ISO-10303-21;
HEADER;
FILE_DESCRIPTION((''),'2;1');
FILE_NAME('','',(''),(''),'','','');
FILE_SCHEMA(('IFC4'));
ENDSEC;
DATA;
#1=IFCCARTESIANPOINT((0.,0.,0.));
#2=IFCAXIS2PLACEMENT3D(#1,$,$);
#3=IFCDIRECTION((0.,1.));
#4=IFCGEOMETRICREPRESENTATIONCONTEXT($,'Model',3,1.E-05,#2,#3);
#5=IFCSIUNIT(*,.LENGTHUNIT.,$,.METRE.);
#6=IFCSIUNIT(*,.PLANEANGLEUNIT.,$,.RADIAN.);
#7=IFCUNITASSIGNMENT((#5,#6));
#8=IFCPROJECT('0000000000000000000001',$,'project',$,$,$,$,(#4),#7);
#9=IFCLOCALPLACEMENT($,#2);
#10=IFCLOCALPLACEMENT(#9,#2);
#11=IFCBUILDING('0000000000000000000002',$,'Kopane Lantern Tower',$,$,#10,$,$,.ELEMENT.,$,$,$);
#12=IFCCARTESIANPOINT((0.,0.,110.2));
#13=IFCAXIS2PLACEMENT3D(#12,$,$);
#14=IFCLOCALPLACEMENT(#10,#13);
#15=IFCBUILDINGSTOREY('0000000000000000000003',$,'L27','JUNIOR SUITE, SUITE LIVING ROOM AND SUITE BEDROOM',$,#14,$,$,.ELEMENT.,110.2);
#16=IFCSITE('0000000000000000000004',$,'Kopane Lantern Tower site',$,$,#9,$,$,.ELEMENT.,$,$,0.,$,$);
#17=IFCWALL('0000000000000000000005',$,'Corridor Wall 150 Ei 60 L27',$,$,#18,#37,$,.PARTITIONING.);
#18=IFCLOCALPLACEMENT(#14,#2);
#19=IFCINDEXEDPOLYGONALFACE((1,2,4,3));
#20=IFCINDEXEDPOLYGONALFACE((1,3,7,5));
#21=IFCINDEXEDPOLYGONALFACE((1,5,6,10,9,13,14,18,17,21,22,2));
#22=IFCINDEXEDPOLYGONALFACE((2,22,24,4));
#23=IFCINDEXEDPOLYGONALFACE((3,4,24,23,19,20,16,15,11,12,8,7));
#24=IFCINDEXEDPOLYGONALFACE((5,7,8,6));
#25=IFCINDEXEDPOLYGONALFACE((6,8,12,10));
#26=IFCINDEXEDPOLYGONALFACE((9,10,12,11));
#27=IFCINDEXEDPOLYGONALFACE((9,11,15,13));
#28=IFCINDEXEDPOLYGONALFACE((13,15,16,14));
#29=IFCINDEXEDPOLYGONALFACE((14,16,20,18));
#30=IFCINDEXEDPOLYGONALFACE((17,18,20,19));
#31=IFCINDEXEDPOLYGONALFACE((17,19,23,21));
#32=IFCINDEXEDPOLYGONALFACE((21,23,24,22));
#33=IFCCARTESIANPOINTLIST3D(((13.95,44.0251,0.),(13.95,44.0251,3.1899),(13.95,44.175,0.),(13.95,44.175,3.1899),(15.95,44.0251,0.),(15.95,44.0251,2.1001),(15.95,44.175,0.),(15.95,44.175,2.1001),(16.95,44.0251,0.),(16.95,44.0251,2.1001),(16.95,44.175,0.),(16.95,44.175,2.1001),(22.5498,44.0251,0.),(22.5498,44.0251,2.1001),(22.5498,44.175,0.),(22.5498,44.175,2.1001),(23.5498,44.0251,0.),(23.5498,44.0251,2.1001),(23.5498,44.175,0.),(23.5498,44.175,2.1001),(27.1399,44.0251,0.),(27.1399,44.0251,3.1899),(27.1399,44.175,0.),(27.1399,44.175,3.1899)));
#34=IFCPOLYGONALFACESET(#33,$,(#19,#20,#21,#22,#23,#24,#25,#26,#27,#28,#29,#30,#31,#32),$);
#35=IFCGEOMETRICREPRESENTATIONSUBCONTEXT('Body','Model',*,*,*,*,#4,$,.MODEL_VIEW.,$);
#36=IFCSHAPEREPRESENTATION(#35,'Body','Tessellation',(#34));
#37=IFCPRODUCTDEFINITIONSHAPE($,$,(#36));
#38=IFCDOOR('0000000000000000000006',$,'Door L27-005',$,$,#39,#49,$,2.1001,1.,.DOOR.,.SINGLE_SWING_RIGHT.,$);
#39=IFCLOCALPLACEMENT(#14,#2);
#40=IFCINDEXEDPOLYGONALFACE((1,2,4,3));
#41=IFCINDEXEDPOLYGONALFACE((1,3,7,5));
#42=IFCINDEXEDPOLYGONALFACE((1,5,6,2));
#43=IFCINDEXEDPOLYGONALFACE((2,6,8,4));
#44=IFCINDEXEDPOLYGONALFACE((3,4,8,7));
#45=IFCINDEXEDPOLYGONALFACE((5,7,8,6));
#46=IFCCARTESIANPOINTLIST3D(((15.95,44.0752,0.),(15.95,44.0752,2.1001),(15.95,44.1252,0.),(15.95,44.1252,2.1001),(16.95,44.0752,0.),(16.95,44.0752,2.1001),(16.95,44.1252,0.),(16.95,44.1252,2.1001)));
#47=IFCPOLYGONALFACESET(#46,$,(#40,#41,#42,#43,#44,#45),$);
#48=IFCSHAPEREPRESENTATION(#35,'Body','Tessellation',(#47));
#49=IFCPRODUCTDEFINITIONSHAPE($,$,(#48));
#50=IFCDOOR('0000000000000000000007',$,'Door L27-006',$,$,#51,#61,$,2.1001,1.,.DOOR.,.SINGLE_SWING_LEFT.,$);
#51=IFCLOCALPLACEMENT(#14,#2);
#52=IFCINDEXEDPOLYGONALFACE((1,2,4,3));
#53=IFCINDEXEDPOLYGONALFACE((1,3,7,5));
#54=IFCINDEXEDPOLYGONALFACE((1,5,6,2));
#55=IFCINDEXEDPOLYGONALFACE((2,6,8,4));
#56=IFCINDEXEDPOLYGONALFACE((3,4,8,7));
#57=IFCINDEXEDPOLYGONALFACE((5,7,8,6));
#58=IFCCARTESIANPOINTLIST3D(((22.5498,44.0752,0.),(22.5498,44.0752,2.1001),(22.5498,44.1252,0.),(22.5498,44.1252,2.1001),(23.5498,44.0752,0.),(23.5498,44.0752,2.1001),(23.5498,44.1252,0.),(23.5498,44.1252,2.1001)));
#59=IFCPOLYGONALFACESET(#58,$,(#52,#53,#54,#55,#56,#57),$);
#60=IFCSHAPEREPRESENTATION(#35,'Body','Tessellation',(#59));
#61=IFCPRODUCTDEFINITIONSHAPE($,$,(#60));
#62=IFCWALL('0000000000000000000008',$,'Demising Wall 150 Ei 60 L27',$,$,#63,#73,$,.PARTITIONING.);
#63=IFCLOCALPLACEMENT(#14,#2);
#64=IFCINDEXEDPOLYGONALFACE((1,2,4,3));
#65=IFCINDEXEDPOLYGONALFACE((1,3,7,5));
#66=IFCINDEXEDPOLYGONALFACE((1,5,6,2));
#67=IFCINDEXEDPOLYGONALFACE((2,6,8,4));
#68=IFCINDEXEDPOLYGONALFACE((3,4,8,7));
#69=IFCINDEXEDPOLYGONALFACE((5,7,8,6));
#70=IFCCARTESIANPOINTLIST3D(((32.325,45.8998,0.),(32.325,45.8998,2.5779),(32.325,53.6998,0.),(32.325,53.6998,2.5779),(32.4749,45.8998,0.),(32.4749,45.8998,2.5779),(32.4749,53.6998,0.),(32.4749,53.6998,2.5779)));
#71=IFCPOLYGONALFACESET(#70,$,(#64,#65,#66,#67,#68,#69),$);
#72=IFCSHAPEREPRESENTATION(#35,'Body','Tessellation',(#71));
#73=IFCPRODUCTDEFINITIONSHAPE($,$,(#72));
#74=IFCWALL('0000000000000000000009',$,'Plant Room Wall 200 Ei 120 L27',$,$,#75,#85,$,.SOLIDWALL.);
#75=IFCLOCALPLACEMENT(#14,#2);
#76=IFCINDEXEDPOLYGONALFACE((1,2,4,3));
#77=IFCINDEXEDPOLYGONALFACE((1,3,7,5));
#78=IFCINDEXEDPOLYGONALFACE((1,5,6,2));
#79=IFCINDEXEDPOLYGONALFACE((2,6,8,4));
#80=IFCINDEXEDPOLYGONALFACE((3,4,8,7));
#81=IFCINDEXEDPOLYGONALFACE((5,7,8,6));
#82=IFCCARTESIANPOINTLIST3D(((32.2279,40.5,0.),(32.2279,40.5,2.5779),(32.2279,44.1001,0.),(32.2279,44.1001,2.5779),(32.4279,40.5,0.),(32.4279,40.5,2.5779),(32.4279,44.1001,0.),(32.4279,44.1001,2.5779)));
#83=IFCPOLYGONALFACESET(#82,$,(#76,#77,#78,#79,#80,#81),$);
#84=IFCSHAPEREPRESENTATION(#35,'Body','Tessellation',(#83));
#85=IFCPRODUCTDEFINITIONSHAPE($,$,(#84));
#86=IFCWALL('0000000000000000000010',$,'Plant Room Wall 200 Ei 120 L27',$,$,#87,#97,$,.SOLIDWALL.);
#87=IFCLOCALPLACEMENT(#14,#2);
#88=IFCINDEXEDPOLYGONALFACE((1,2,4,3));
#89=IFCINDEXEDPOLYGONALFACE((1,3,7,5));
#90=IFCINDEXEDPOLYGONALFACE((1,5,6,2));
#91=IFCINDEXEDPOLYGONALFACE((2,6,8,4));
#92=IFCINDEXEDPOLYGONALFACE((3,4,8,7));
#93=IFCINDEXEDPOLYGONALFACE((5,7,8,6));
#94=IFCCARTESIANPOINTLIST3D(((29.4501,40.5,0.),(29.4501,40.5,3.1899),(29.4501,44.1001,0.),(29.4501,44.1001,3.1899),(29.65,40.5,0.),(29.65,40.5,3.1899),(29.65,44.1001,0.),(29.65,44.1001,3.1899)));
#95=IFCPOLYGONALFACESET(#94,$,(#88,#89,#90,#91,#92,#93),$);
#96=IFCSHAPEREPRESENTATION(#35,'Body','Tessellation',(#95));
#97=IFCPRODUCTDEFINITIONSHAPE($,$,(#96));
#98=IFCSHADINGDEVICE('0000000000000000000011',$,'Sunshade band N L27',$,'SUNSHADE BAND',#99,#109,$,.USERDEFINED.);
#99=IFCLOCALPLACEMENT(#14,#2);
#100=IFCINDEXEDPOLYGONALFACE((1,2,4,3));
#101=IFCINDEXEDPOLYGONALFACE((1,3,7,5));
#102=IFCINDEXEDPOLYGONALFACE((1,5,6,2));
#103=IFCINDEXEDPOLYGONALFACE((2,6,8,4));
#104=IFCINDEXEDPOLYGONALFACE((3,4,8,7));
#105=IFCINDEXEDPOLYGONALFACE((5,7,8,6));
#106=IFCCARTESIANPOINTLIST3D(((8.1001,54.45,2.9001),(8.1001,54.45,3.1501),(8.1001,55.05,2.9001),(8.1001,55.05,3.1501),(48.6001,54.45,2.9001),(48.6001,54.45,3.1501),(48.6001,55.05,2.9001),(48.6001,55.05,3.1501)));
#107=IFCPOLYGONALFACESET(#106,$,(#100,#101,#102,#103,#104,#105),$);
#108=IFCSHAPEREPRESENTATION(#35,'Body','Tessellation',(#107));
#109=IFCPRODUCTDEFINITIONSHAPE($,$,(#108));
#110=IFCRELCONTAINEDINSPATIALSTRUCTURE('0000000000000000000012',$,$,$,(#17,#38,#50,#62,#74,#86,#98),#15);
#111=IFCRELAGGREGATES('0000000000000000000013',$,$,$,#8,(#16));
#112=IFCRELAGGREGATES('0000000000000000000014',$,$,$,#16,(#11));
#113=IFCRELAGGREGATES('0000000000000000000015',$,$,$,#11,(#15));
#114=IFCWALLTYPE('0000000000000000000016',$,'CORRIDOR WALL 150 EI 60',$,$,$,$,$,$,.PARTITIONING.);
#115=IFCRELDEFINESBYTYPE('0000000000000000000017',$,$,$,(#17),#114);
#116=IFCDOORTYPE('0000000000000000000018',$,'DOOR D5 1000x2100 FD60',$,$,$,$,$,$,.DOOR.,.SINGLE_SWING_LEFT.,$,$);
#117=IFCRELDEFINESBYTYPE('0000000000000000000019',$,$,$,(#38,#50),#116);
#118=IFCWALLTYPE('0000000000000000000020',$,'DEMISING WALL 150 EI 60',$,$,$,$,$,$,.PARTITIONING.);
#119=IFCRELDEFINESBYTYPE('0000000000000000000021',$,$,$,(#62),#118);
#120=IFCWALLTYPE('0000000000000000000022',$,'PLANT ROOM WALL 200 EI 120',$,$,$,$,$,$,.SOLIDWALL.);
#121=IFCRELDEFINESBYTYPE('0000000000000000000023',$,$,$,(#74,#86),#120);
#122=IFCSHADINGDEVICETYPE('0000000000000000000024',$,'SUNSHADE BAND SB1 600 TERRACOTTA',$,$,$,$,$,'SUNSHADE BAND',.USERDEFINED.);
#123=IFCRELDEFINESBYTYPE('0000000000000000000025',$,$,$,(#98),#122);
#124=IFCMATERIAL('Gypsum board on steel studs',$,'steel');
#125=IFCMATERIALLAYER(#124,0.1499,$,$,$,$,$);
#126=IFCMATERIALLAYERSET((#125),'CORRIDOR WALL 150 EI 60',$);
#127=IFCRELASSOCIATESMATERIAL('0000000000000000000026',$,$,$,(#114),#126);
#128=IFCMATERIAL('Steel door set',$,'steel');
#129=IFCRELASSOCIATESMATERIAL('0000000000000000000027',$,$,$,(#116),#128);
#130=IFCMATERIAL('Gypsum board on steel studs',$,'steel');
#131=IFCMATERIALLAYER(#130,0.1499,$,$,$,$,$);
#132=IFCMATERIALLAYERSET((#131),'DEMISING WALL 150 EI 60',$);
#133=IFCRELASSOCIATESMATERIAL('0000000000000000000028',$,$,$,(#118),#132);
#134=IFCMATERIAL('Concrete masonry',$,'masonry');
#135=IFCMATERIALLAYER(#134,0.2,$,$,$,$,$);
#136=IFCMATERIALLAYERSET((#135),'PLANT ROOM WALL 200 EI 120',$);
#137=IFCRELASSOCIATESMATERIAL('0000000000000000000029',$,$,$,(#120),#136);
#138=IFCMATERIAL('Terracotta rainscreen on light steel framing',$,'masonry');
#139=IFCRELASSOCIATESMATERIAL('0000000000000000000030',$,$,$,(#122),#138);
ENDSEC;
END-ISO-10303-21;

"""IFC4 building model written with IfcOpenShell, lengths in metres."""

from ifc_helpers import new_model, si_unit, direction, frame, frame_2d, origin, origin_2d, place, context, subcontext, project, spatial, rectangle, extrude, material, layer, layer_set, type_object, element, fill, save


model = new_model("IFC4")

# Units and contexts
model_context = context("Model", 3, precision=1e-05, world=origin(), true_north=direction((0.0, 1.0)))
body_context = subcontext(model_context, "Body", "Model", "MODEL_VIEW")
ifc_project = project(units=[si_unit("LENGTHUNIT", "METRE"), si_unit("PLANEANGLEUNIT", "RADIAN")], contexts=[model_context])

# Site, building, storey
site_placement = place(None, origin())
site = spatial("IfcSite", under=ifc_project, at=site_placement, Name="Kopane Lantern Tower site", CompositionType="ELEMENT", RefElevation=0.0)
building_placement = place(site_placement, origin())
building = spatial("IfcBuilding", under=site, at=building_placement, Name="Kopane Lantern Tower", CompositionType="ELEMENT")
storey_placement = place(building_placement, frame((0.0, 0.0, 110.2)))
storey = spatial("IfcBuildingStorey", under=building, at=storey_placement, Name="L27", Description="JUNIOR SUITE, SUITE LIVING ROOM AND SUITE BEDROOM", CompositionType="ELEMENT", Elevation=110.2)

# Wall, openings, doors
ifc_material_1 = material(Name="Gypsum board on steel studs", Category="steel")
ifc_layer_1 = layer(ifc_material_1, 0.1499)
ifc_layer_set_1 = layer_set([ifc_layer_1], Name="CORRIDOR WALL 150 EI 60")
wall_type_1 = type_object("IfcWallType", Name="CORRIDOR WALL 150 EI 60", PredefinedType="PARTITIONING", material=ifc_layer_set_1)
wall_1_placement = place(storey_placement, frame((27.1399, 44.1001, 0.0), z_axis=(0.0, 0.0, 1.0), x_axis=(-1.0, 0.0, 0.0)))
wall_1 = element("IfcWall", 1, at=wall_1_placement, inside=storey, type_object=wall_type_1, Name="Corridor Wall 150 Ei 60 L27", PredefinedType="PARTITIONING", context=body_context, shape_type="SweptSolid", body=[
    extrude(rectangle(XDim=13.1899, YDim=0.1499, at=frame_2d((6.595, 0.0))), origin(), (0.0, 0.0, 1.0), 3.1899),
])
opening_1_placement = place(wall_1_placement, frame((10.1899, 0.0, 0.0)))
opening_1 = element("IfcOpeningElement", 2, at=opening_1_placement, cuts=wall_1, PredefinedType="OPENING", context=body_context, shape_type="SweptSolid", body=[
    extrude(rectangle(XDim=1.0, YDim=2.1001, at=frame_2d((0.5, 1.05))), frame((0.0, 0.085, 0.0), z_axis=(0.0, -1.0, 0.0), x_axis=(1.0, 0.0, 0.0)), (0.0, 0.0, 1.0), 0.1699),
])
opening_2_placement = place(wall_1_placement, frame((3.5901, 0.0, 0.0)))
opening_2 = element("IfcOpeningElement", 3, at=opening_2_placement, cuts=wall_1, PredefinedType="OPENING", context=body_context, shape_type="SweptSolid", body=[
    extrude(rectangle(XDim=1.0, YDim=2.1001, at=frame_2d((0.5, 1.05))), frame((0.0, 0.085, 0.0), z_axis=(0.0, -1.0, 0.0), x_axis=(1.0, 0.0, 0.0)), (0.0, 0.0, 1.0), 0.1699),
])
ifc_material_2 = material(Name="Steel door set", Category="steel")
door_type_1 = type_object("IfcDoorType", Name="DOOR D5 1000x2100 FD60", OperationType="SINGLE_SWING_LEFT", PredefinedType="DOOR", material=ifc_material_2)
door_1_placement = place(opening_1_placement, origin())
door_1 = element("IfcDoor", 4, at=door_1_placement, inside=storey, type_object=door_type_1, Name="Door L27-005", OperationType="SINGLE_SWING_RIGHT", OverallHeight=2.1001, OverallWidth=1.0, PredefinedType="DOOR", context=body_context, shape_type="SweptSolid", body=[
    extrude(rectangle(XDim=1.0, YDim=2.1001, at=frame_2d((0.5, 1.05))), frame((0.0, 0.0249, 0.0), z_axis=(0.0, -1.0, 0.0), x_axis=(1.0, 0.0, 0.0)), (0.0, 0.0, 1.0), 0.05),
])
fill(opening_1, door_1)
door_2_placement = place(opening_2_placement, origin())
door_2 = element("IfcDoor", 5, at=door_2_placement, inside=storey, type_object=door_type_1, Name="Door L27-006", OperationType="SINGLE_SWING_LEFT", OverallHeight=2.1001, OverallWidth=1.0, PredefinedType="DOOR", context=body_context, shape_type="SweptSolid", body=[
    extrude(rectangle(XDim=1.0, YDim=2.1001, at=frame_2d((0.5, 1.05))), frame((0.0, 0.0249, 0.0), z_axis=(0.0, -1.0, 0.0), x_axis=(1.0, 0.0, 0.0)), (0.0, 0.0, 1.0), 0.05),
])
fill(opening_2, door_2)

# Walls
ifc_material_3 = material(Name="Gypsum board on steel studs", Category="steel")
ifc_layer_2 = layer(ifc_material_3, 0.1499)
ifc_layer_set_2 = layer_set([ifc_layer_2], Name="DEMISING WALL 150 EI 60")
wall_type_2 = type_object("IfcWallType", Name="DEMISING WALL 150 EI 60", PredefinedType="PARTITIONING", material=ifc_layer_set_2)
wall_2_placement = place(storey_placement, frame((32.3999, 45.8999, 0.0), z_axis=(0.0, 0.0, 1.0), x_axis=(0.0, 1.0, 0.0)))
element("IfcWall", 6, at=wall_2_placement, inside=storey, type_object=wall_type_2, Name="Demising Wall 150 Ei 60 L27", PredefinedType="PARTITIONING", context=body_context, shape_type="SweptSolid", body=[
    extrude(rectangle(XDim=7.8, YDim=0.1499, at=frame_2d((3.8999, 0.0))), origin(), (0.0, 0.0, 1.0), 2.5779),
])
ifc_material_4 = material(Name="Concrete masonry", Category="masonry")
ifc_layer_3 = layer(ifc_material_4, 0.2)
ifc_layer_set_3 = layer_set([ifc_layer_3], Name="PLANT ROOM WALL 200 EI 120")
wall_type_3 = type_object("IfcWallType", Name="PLANT ROOM WALL 200 EI 120", PredefinedType="SOLIDWALL", material=ifc_layer_set_3)
wall_3_placement = place(storey_placement, frame((32.3279, 44.1001, 0.0), z_axis=(0.0, 0.0, 1.0), x_axis=(0.0, -1.0, 0.0)))
element("IfcWall", 7, at=wall_3_placement, inside=storey, type_object=wall_type_3, Name="Plant Room Wall 200 Ei 120 L27", PredefinedType="SOLIDWALL", context=body_context, shape_type="SweptSolid", body=[
    extrude(rectangle(XDim=3.6001, YDim=0.2, at=frame_2d((1.8, 0.0))), origin(), (0.0, 0.0, 1.0), 2.5779),
])
wall_4_placement = place(storey_placement, frame((29.55, 40.5, 0.0), z_axis=(0.0, 0.0, 1.0), x_axis=(0.0, 1.0, 0.0)))
element("IfcWall", 8, at=wall_4_placement, inside=storey, type_object=wall_type_3, Name="Plant Room Wall 200 Ei 120 L27", PredefinedType="SOLIDWALL", context=body_context, shape_type="SweptSolid", body=[
    extrude(rectangle(XDim=3.6001, YDim=0.2, at=frame_2d((1.8, 0.0))), origin(), (0.0, 0.0, 1.0), 3.1899),
])

# Shading device
ifc_material_5 = material(Name="Terracotta rainscreen on light steel framing", Category="masonry")
shading_device_type = type_object("IfcShadingDeviceType", Name="SUNSHADE BAND SB1 600 TERRACOTTA", ElementType="SUNSHADE BAND", PredefinedType="USERDEFINED", material=ifc_material_5)
shading_device_placement = place(storey_placement, frame((28.3501, 54.75, 2.9001), z_axis=(0.0, 0.0, 1.0), x_axis=(-1.0, 0.0, 0.0)))
element("IfcShadingDevice", 9, at=shading_device_placement, inside=storey, type_object=shading_device_type, Name="Sunshade band N L27", ObjectType="SUNSHADE BAND", PredefinedType="USERDEFINED", context=body_context, shape_type="SweptSolid", body=[
    extrude(rectangle(XDim=40.5, YDim=0.6001, at=origin_2d()), origin(), (0.0, 0.0, 1.0), 0.25),
])

save(model, "model.ifc")
